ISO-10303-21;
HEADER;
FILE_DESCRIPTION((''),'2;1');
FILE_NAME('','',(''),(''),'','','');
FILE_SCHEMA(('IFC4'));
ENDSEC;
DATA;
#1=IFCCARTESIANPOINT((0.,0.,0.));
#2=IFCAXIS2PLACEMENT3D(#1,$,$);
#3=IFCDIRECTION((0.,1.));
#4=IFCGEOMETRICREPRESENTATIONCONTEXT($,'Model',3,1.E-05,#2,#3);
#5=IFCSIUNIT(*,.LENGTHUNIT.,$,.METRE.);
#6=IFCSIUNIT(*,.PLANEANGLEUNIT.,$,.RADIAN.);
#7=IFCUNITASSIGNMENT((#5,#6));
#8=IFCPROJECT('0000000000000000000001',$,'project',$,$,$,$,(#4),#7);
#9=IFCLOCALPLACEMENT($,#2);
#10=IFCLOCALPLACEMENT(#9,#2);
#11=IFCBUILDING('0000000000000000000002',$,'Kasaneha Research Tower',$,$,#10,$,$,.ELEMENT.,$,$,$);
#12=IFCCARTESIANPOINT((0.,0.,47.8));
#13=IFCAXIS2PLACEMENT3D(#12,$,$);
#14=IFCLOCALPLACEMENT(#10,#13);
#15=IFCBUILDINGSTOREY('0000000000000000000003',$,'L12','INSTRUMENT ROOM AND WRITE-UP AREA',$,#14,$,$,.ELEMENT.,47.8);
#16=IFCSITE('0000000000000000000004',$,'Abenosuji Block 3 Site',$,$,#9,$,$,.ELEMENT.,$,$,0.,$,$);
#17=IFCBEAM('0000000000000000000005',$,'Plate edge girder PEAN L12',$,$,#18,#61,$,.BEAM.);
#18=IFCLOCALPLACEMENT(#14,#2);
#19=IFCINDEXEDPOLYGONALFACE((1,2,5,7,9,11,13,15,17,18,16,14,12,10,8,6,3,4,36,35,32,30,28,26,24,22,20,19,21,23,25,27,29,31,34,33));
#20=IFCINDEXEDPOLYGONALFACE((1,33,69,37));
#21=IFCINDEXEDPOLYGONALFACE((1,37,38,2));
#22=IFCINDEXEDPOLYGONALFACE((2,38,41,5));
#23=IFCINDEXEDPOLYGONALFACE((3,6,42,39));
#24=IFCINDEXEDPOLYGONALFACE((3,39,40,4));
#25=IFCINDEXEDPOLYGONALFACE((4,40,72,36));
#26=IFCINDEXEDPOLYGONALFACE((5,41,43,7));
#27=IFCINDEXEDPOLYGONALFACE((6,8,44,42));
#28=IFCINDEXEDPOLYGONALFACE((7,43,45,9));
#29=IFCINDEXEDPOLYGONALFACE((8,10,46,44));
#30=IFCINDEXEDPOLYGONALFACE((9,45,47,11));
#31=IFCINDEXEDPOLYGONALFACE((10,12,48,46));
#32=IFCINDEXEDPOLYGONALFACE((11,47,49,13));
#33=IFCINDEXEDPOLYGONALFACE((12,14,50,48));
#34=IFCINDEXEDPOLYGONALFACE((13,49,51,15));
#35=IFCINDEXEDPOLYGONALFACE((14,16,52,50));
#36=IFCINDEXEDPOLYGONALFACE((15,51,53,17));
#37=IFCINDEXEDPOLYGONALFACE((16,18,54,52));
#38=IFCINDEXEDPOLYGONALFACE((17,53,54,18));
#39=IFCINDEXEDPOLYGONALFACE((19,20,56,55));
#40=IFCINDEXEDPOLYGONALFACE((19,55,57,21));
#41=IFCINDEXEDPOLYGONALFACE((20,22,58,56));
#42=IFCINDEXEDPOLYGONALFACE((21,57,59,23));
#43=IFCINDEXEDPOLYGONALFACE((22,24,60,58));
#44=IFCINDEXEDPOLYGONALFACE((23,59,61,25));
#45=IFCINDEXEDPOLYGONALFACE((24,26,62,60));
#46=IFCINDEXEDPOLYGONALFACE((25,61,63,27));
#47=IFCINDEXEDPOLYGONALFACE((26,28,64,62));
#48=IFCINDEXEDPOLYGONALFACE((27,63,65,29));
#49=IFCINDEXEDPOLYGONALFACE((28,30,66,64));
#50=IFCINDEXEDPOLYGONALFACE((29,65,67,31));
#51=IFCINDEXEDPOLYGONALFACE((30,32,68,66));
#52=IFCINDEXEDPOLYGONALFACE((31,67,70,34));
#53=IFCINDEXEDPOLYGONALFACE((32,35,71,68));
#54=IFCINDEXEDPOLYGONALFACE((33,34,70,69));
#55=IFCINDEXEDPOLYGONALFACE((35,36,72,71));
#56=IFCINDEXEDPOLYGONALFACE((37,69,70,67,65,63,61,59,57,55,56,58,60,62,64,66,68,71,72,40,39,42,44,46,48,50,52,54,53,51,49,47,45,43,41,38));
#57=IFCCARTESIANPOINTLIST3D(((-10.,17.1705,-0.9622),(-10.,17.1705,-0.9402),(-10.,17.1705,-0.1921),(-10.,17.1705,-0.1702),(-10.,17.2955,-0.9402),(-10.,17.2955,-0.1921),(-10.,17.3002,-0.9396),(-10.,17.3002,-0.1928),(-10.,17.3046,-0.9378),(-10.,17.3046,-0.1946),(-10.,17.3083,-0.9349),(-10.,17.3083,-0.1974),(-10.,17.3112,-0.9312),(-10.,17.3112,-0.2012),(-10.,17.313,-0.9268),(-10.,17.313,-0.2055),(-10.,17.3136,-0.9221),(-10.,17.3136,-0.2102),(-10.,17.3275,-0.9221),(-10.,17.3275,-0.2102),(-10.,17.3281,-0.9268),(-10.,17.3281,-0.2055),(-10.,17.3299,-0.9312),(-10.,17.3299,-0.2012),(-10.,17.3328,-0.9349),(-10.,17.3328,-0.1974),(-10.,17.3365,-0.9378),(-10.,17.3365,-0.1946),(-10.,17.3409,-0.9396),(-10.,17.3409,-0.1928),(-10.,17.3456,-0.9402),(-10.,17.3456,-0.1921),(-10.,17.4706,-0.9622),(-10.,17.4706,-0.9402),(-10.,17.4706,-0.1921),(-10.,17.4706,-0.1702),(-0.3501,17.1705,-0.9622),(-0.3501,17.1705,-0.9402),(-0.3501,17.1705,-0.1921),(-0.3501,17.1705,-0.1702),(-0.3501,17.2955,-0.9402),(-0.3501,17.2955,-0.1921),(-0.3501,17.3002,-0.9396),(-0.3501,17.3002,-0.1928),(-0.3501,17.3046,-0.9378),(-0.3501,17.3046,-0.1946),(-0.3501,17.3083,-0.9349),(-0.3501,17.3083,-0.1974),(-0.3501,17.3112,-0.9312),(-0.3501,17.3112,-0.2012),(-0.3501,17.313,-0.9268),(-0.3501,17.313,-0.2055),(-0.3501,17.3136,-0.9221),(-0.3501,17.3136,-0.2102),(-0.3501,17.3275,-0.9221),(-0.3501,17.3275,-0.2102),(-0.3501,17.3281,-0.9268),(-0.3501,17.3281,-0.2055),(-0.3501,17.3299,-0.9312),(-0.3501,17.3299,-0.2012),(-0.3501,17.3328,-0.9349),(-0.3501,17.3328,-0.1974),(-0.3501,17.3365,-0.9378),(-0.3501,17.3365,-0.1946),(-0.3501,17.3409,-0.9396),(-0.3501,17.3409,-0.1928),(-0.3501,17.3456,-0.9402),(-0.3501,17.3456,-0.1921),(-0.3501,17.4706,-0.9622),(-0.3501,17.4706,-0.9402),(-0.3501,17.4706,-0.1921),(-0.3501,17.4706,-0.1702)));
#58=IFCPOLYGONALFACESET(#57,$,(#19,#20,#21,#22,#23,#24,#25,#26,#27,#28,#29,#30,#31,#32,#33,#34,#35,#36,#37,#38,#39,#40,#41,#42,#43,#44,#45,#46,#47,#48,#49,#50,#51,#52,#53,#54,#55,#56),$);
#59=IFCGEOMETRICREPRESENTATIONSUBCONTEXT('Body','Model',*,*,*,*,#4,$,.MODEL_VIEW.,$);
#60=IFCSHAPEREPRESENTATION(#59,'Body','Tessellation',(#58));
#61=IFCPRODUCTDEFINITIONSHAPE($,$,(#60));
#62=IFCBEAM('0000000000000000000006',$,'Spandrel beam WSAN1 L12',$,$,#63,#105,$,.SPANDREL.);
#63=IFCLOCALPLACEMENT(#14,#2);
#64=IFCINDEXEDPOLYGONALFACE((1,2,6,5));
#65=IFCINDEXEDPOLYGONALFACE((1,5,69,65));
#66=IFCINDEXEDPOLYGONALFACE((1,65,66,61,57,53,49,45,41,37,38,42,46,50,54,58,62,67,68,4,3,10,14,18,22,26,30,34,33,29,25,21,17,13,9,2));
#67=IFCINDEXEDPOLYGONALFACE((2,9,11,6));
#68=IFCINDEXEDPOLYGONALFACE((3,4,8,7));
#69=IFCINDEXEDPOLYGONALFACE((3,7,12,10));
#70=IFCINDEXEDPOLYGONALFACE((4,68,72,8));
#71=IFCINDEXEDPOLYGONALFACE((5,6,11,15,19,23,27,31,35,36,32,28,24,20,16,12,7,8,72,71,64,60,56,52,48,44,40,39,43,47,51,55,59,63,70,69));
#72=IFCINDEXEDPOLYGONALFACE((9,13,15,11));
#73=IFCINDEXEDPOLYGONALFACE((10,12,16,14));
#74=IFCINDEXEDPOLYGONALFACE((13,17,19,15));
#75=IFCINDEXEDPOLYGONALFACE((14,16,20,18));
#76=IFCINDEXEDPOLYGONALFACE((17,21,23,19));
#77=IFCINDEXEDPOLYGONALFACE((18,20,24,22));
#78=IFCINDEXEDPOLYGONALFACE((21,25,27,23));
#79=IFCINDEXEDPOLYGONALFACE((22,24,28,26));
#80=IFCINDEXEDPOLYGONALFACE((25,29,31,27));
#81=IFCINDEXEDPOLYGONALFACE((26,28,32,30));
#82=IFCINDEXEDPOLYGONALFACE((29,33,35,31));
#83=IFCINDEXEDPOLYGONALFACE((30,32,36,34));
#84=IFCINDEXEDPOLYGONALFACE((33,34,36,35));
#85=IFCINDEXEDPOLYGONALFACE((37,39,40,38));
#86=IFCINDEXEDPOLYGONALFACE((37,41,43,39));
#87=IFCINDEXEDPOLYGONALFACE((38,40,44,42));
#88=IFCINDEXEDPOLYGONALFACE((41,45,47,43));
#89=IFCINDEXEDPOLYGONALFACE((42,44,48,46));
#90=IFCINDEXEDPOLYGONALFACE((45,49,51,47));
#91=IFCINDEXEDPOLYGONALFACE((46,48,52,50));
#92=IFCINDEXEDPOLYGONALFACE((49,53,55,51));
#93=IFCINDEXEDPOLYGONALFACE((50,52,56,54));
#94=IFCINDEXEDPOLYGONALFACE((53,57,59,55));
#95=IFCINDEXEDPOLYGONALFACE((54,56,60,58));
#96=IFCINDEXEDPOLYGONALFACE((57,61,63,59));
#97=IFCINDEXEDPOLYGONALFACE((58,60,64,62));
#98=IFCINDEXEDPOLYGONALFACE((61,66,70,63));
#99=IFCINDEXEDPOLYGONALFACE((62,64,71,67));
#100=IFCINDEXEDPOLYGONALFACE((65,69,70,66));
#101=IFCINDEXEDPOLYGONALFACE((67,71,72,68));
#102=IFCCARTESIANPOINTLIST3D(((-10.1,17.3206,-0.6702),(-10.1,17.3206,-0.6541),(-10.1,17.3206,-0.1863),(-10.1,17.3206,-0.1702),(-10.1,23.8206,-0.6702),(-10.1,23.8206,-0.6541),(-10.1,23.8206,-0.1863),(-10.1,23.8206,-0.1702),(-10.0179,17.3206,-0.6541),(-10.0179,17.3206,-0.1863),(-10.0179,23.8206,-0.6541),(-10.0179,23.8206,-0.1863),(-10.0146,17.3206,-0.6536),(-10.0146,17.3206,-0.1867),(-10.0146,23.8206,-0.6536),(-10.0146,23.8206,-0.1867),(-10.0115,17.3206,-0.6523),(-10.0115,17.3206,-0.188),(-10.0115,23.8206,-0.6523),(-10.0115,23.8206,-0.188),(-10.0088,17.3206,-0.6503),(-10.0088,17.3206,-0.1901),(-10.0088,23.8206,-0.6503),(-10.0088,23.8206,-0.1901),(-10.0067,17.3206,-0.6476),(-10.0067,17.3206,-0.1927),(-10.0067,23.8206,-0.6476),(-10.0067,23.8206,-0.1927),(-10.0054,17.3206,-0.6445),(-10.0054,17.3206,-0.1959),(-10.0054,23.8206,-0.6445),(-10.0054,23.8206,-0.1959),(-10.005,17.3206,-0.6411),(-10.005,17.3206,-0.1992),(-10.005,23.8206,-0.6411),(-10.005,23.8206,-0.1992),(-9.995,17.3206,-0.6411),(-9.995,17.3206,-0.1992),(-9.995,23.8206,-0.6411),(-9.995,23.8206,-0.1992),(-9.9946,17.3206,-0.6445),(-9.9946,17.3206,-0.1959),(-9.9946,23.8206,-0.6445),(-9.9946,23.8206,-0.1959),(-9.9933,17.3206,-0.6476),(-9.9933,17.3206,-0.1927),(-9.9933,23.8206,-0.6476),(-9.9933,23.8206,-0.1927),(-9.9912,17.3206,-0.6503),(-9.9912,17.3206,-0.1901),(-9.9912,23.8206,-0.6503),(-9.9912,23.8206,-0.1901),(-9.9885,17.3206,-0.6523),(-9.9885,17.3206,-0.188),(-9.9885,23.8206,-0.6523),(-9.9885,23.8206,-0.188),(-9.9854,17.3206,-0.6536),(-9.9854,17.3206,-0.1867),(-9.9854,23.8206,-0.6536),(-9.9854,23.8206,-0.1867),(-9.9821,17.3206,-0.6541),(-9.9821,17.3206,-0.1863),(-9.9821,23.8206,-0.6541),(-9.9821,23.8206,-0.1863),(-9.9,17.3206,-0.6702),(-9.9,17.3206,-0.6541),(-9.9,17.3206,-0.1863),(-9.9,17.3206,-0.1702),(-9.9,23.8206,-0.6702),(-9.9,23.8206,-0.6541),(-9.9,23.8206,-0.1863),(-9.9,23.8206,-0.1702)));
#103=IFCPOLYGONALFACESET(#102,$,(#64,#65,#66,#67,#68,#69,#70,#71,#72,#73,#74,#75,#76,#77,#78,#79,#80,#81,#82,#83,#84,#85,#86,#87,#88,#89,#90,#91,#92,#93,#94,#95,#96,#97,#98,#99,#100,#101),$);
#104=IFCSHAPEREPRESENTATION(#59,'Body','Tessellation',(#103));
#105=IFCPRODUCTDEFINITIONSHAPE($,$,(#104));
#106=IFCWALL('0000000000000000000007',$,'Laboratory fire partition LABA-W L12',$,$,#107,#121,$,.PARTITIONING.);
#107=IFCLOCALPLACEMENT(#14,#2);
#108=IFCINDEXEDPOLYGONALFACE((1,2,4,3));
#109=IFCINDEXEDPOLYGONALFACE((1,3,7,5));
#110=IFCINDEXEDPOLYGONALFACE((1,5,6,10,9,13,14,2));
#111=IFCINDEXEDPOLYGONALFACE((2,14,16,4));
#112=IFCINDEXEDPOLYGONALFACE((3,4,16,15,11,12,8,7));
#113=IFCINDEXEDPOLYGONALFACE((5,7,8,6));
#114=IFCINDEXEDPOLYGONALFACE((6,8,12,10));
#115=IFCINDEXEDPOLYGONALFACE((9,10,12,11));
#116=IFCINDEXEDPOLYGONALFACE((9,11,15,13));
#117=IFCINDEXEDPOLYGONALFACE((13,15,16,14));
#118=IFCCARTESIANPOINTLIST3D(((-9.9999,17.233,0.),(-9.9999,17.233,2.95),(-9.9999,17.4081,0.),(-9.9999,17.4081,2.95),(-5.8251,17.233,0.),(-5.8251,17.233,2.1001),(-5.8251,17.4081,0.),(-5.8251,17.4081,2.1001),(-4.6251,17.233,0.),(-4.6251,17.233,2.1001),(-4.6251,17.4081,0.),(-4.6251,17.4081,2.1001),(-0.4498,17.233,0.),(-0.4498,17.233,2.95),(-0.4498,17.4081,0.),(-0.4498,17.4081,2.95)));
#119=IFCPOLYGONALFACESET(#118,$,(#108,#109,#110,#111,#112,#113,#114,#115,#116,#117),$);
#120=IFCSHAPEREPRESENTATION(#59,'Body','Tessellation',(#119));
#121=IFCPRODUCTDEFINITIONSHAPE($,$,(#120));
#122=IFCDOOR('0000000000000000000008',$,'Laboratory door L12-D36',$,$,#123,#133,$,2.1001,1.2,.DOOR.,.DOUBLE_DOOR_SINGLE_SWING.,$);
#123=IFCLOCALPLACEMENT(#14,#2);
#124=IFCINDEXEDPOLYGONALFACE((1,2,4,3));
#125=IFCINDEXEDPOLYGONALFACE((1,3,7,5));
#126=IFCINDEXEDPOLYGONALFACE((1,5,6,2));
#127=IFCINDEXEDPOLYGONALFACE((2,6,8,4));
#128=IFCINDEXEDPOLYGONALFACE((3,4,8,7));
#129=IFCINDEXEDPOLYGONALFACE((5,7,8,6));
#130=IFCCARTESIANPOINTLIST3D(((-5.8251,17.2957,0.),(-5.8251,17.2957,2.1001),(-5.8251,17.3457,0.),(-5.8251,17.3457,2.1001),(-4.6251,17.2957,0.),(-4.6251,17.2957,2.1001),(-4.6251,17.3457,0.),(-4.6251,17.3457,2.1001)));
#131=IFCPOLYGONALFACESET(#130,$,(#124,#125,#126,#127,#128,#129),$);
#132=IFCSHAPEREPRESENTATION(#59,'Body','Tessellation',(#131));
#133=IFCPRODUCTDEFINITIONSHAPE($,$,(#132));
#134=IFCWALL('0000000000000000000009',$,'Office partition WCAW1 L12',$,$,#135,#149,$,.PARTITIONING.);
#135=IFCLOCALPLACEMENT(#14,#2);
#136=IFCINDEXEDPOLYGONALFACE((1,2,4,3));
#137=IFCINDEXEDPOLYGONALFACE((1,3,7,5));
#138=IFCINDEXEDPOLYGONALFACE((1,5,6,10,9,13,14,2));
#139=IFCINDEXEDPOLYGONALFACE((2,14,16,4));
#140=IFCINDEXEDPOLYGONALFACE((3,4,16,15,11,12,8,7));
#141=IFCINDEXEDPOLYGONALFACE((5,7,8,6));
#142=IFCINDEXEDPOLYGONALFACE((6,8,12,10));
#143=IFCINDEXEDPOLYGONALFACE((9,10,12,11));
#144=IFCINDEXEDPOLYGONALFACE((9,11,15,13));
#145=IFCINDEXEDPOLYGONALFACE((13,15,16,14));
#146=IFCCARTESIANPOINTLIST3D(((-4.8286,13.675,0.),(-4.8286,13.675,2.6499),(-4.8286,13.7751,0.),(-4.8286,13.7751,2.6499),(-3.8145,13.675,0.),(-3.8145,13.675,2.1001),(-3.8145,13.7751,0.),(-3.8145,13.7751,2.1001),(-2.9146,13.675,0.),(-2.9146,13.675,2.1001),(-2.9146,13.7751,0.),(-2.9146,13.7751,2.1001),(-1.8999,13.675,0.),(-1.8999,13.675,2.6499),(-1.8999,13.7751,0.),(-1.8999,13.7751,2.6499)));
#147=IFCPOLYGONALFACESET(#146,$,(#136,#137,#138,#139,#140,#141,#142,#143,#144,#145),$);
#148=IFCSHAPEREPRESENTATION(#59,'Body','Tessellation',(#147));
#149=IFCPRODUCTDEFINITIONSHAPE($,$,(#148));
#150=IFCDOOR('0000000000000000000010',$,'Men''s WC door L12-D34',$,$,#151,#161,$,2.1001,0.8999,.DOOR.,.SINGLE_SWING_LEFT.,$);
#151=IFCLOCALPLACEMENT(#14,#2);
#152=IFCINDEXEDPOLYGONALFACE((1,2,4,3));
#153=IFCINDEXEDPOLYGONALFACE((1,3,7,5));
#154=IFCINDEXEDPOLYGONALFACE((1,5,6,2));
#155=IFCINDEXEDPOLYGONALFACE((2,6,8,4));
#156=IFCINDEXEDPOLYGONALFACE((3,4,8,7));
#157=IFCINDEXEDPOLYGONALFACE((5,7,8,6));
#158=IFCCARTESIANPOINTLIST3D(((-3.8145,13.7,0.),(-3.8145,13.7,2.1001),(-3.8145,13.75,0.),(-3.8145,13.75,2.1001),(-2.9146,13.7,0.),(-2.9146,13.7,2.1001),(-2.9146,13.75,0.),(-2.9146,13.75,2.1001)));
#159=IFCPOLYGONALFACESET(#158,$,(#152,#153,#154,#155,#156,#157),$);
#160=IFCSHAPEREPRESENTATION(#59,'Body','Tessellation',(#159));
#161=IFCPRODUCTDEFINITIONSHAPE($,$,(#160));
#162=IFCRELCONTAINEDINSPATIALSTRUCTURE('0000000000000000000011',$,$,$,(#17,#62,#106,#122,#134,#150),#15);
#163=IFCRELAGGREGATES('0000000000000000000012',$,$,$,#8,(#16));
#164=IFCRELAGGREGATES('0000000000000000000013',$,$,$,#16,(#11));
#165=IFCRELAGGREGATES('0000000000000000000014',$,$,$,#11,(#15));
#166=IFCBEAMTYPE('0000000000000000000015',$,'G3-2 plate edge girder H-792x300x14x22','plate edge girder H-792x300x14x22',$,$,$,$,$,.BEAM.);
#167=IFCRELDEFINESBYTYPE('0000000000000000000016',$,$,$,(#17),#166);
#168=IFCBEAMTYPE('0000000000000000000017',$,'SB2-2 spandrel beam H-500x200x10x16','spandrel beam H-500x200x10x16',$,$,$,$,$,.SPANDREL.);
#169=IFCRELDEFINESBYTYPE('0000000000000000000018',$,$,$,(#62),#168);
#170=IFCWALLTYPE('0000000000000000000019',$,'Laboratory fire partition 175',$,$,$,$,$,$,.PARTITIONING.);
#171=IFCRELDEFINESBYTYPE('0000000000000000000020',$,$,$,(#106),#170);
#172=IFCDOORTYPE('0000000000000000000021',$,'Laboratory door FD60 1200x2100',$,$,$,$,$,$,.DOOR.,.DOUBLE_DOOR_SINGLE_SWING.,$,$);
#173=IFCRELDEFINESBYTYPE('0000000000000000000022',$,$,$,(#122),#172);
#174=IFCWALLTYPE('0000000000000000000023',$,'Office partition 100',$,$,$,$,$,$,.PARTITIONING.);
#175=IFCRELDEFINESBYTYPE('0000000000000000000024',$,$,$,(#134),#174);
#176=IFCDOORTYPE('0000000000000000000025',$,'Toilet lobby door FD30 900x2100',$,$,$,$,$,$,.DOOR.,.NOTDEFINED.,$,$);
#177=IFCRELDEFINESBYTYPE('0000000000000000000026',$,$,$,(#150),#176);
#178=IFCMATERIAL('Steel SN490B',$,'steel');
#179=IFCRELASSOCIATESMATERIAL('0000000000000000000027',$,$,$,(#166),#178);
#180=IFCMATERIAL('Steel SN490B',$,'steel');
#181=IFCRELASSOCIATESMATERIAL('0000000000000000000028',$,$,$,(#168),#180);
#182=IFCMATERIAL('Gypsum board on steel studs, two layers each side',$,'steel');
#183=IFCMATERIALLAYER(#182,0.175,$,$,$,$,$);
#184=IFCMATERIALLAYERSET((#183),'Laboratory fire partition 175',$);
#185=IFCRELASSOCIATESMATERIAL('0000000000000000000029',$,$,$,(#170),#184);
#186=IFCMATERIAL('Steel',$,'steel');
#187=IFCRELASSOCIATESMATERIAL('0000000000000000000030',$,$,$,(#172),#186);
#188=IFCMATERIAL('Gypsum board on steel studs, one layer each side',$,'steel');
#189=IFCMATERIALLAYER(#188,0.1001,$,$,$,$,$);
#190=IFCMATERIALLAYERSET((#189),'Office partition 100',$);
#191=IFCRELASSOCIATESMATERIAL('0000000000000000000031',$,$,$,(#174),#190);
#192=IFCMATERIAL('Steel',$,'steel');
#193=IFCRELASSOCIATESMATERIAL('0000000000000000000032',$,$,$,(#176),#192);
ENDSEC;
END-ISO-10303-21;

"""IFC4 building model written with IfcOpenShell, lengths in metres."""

from ifc_helpers import new_model, si_unit, direction, frame, frame_2d, origin, origin_2d, place, context, subcontext, project, spatial, rectangle, i_section, extrude, material, layer, layer_set, material_profile, profile_set, type_object, element, fill, save


model = new_model("IFC4")

# Units and contexts
model_context = context("Model", 3, precision=1e-05, world=origin(), true_north=direction((0.0, 1.0)))
body_context = subcontext(model_context, "Body", "Model", "MODEL_VIEW")
ifc_project = project(units=[si_unit("LENGTHUNIT", "METRE"), si_unit("PLANEANGLEUNIT", "RADIAN")], contexts=[model_context])

# Site, building, storey
site_placement = place(None, origin())
site = spatial("IfcSite", under=ifc_project, at=site_placement, Name="Abenosuji Block 3 Site", CompositionType="ELEMENT", RefElevation=0.0)
building_placement = place(site_placement, origin())
building = spatial("IfcBuilding", under=site, at=building_placement, Name="Kasaneha Research Tower", CompositionType="ELEMENT")
storey_placement = place(building_placement, frame((0.0, 0.0, 47.8)))
storey = spatial("IfcBuildingStorey", under=building, at=storey_placement, Name="L12", Description="INSTRUMENT ROOM AND WRITE-UP AREA", CompositionType="ELEMENT", Elevation=47.8)

# Beams
ifc_material_1 = material(Name="Steel SN490B", Category="steel")
ifc_material_profile_1 = material_profile(ifc_material_1, i_section(OverallWidth=0.3, OverallDepth=0.792, WebThickness=0.0139, FlangeThickness=0.022, FilletRadius=0.0181, at=origin_2d()), Name="H-792x300x14x22")
ifc_profile_set_1 = profile_set([ifc_material_profile_1], Name="Steel SN490B")
beam_type_1 = type_object("IfcBeamType", Name="G3-2 plate edge girder H-792x300x14x22", Description="plate edge girder H-792x300x14x22", PredefinedType="BEAM", material=ifc_profile_set_1)
beam_1_placement = place(storey_placement, frame((-10.0, 17.3206, -0.5662), z_axis=(1.0, 0.0, 0.0), x_axis=(0.0, 1.0, 0.0)))
element("IfcBeam", 1, at=beam_1_placement, inside=storey, type_object=beam_type_1, Name="Plate edge girder PEAN L12", PredefinedType="BEAM", context=body_context, shape_type="SweptSolid", body=[
    extrude(i_section(OverallWidth=0.3, OverallDepth=0.792, WebThickness=0.0139, FlangeThickness=0.022, FilletRadius=0.0181, at=origin_2d()), origin(), (0.0, 0.0, 1.0), 9.6499),
])
ifc_material_2 = material(Name="Steel SN490B", Category="steel")
ifc_material_profile_2 = material_profile(ifc_material_2, i_section(OverallWidth=0.2, OverallDepth=0.5, WebThickness=0.01, FlangeThickness=0.0161, FilletRadius=0.0129, at=origin_2d()), Name="H-500x200x10x16")
ifc_profile_set_2 = profile_set([ifc_material_profile_2], Name="Steel SN490B")
beam_type_2 = type_object("IfcBeamType", Name="SB2-2 spandrel beam H-500x200x10x16", Description="spandrel beam H-500x200x10x16", PredefinedType="SPANDREL", material=ifc_profile_set_2)
beam_2_placement = place(storey_placement, frame((-10.0, 17.3206, -0.4202), z_axis=(0.0, 1.0, 0.0), x_axis=(-1.0, 0.0, 0.0)))
element("IfcBeam", 2, at=beam_2_placement, inside=storey, type_object=beam_type_2, Name="Spandrel beam WSAN1 L12", PredefinedType="SPANDREL", context=body_context, shape_type="SweptSolid", body=[
    extrude(i_section(OverallWidth=0.2, OverallDepth=0.5, WebThickness=0.01, FlangeThickness=0.0161, FilletRadius=0.0129, at=origin_2d()), origin(), (0.0, 0.0, 1.0), 6.5),
])

# Walls, openings, doors
ifc_material_3 = material(Name="Gypsum board on steel studs, two layers each side", Category="steel")
ifc_layer_1 = layer(ifc_material_3, 0.175)
ifc_layer_set_1 = layer_set([ifc_layer_1], Name="Laboratory fire partition 175")
wall_type_1 = type_object("IfcWallType", Name="Laboratory fire partition 175", PredefinedType="PARTITIONING", material=ifc_layer_set_1)
wall_1_placement = place(storey_placement, frame((-0.45, 17.3206, 0.0), z_axis=(0.0, 0.0, 1.0), x_axis=(-1.0, 0.0, 0.0)))
wall_1 = element("IfcWall", 3, at=wall_1_placement, inside=storey, type_object=wall_type_1, Name="Laboratory fire partition LABA-W L12", PredefinedType="PARTITIONING", context=body_context, shape_type="SweptSolid", body=[
    extrude(rectangle(XDim=9.55, YDim=0.175, at=frame_2d((4.7749, 0.0))), origin(), (0.0, 0.0, 1.0), 2.95),
])
opening_1_placement = place(wall_1_placement, frame((4.175, 0.0, 0.0)))
opening_1 = element("IfcOpeningElement", 4, at=opening_1_placement, cuts=wall_1, PredefinedType="OPENING", context=body_context, shape_type="SweptSolid", body=[
    extrude(rectangle(XDim=1.2, YDim=2.1001, at=frame_2d((0.6001, 1.05))), frame((0.0, 0.0977, 0.0), z_axis=(0.0, -1.0, 0.0), x_axis=(1.0, 0.0, 0.0)), (0.0, 0.0, 1.0), 0.1951),
])
ifc_material_4 = material(Name="Steel", Category="steel")
door_type_1 = type_object("IfcDoorType", Name="Laboratory door FD60 1200x2100", OperationType="DOUBLE_DOOR_SINGLE_SWING", PredefinedType="DOOR", material=ifc_material_4)
door_1_placement = place(opening_1_placement, origin())
door_1 = element("IfcDoor", 5, at=door_1_placement, inside=storey, type_object=door_type_1, Name="Laboratory door L12-D36", OperationType="DOUBLE_DOOR_SINGLE_SWING", OverallHeight=2.1001, OverallWidth=1.2, PredefinedType="DOOR", context=body_context, shape_type="SweptSolid", body=[
    extrude(rectangle(XDim=1.2, YDim=2.1001, at=frame_2d((0.6001, 1.05))), frame((0.0, 0.0249, 0.0), z_axis=(0.0, -1.0, 0.0), x_axis=(1.0, 0.0, 0.0)), (0.0, 0.0, 1.0), 0.05),
])
fill(opening_1, door_1)
ifc_material_5 = material(Name="Gypsum board on steel studs, one layer each side", Category="steel")
ifc_layer_2 = layer(ifc_material_5, 0.1001)
ifc_layer_set_2 = layer_set([ifc_layer_2], Name="Office partition 100")
wall_type_2 = type_object("IfcWallType", Name="Office partition 100", PredefinedType="PARTITIONING", material=ifc_layer_set_2)
wall_2_placement = place(storey_placement, frame((-4.8286, 13.7251, 0.0), z_axis=(0.0, 0.0, 1.0), x_axis=(1.0, 0.0, 0.0)))
wall_2 = element("IfcWall", 6, at=wall_2_placement, inside=storey, type_object=wall_type_2, Name="Office partition WCAW1 L12", PredefinedType="PARTITIONING", context=body_context, shape_type="SweptSolid", body=[
    extrude(rectangle(XDim=2.9287, YDim=0.1001, at=frame_2d((1.4644, 0.0))), origin(), (0.0, 0.0, 1.0), 2.6499),
])
opening_2_placement = place(wall_2_placement, frame((1.0142, 0.0, 0.0)))
opening_2 = element("IfcOpeningElement", 7, at=opening_2_placement, cuts=wall_2, PredefinedType="OPENING", context=body_context, shape_type="SweptSolid", body=[
    extrude(rectangle(XDim=0.8999, YDim=2.1001, at=frame_2d((0.45, 1.05))), frame((0.0, 0.0601, 0.0), z_axis=(0.0, -1.0, 0.0), x_axis=(1.0, 0.0, 0.0)), (0.0, 0.0, 1.0), 0.1201),
])
ifc_material_6 = material(Name="Steel", Category="steel")
door_type_2 = type_object("IfcDoorType", Name="Toilet lobby door FD30 900x2100", OperationType="NOTDEFINED", PredefinedType="DOOR", material=ifc_material_6)
door_2_placement = place(opening_2_placement, origin())
door_2 = element("IfcDoor", 8, at=door_2_placement, inside=storey, type_object=door_type_2, Name="Men's WC door L12-D34", OperationType="SINGLE_SWING_LEFT", OverallHeight=2.1001, OverallWidth=0.8999, PredefinedType="DOOR", context=body_context, shape_type="SweptSolid", body=[
    extrude(rectangle(XDim=0.8999, YDim=2.1001, at=frame_2d((0.45, 1.05))), frame((0.0, 0.0249, 0.0), z_axis=(0.0, -1.0, 0.0), x_axis=(1.0, 0.0, 0.0)), (0.0, 0.0, 1.0), 0.05),
])
fill(opening_2, door_2)

save(model, "model.ifc")
